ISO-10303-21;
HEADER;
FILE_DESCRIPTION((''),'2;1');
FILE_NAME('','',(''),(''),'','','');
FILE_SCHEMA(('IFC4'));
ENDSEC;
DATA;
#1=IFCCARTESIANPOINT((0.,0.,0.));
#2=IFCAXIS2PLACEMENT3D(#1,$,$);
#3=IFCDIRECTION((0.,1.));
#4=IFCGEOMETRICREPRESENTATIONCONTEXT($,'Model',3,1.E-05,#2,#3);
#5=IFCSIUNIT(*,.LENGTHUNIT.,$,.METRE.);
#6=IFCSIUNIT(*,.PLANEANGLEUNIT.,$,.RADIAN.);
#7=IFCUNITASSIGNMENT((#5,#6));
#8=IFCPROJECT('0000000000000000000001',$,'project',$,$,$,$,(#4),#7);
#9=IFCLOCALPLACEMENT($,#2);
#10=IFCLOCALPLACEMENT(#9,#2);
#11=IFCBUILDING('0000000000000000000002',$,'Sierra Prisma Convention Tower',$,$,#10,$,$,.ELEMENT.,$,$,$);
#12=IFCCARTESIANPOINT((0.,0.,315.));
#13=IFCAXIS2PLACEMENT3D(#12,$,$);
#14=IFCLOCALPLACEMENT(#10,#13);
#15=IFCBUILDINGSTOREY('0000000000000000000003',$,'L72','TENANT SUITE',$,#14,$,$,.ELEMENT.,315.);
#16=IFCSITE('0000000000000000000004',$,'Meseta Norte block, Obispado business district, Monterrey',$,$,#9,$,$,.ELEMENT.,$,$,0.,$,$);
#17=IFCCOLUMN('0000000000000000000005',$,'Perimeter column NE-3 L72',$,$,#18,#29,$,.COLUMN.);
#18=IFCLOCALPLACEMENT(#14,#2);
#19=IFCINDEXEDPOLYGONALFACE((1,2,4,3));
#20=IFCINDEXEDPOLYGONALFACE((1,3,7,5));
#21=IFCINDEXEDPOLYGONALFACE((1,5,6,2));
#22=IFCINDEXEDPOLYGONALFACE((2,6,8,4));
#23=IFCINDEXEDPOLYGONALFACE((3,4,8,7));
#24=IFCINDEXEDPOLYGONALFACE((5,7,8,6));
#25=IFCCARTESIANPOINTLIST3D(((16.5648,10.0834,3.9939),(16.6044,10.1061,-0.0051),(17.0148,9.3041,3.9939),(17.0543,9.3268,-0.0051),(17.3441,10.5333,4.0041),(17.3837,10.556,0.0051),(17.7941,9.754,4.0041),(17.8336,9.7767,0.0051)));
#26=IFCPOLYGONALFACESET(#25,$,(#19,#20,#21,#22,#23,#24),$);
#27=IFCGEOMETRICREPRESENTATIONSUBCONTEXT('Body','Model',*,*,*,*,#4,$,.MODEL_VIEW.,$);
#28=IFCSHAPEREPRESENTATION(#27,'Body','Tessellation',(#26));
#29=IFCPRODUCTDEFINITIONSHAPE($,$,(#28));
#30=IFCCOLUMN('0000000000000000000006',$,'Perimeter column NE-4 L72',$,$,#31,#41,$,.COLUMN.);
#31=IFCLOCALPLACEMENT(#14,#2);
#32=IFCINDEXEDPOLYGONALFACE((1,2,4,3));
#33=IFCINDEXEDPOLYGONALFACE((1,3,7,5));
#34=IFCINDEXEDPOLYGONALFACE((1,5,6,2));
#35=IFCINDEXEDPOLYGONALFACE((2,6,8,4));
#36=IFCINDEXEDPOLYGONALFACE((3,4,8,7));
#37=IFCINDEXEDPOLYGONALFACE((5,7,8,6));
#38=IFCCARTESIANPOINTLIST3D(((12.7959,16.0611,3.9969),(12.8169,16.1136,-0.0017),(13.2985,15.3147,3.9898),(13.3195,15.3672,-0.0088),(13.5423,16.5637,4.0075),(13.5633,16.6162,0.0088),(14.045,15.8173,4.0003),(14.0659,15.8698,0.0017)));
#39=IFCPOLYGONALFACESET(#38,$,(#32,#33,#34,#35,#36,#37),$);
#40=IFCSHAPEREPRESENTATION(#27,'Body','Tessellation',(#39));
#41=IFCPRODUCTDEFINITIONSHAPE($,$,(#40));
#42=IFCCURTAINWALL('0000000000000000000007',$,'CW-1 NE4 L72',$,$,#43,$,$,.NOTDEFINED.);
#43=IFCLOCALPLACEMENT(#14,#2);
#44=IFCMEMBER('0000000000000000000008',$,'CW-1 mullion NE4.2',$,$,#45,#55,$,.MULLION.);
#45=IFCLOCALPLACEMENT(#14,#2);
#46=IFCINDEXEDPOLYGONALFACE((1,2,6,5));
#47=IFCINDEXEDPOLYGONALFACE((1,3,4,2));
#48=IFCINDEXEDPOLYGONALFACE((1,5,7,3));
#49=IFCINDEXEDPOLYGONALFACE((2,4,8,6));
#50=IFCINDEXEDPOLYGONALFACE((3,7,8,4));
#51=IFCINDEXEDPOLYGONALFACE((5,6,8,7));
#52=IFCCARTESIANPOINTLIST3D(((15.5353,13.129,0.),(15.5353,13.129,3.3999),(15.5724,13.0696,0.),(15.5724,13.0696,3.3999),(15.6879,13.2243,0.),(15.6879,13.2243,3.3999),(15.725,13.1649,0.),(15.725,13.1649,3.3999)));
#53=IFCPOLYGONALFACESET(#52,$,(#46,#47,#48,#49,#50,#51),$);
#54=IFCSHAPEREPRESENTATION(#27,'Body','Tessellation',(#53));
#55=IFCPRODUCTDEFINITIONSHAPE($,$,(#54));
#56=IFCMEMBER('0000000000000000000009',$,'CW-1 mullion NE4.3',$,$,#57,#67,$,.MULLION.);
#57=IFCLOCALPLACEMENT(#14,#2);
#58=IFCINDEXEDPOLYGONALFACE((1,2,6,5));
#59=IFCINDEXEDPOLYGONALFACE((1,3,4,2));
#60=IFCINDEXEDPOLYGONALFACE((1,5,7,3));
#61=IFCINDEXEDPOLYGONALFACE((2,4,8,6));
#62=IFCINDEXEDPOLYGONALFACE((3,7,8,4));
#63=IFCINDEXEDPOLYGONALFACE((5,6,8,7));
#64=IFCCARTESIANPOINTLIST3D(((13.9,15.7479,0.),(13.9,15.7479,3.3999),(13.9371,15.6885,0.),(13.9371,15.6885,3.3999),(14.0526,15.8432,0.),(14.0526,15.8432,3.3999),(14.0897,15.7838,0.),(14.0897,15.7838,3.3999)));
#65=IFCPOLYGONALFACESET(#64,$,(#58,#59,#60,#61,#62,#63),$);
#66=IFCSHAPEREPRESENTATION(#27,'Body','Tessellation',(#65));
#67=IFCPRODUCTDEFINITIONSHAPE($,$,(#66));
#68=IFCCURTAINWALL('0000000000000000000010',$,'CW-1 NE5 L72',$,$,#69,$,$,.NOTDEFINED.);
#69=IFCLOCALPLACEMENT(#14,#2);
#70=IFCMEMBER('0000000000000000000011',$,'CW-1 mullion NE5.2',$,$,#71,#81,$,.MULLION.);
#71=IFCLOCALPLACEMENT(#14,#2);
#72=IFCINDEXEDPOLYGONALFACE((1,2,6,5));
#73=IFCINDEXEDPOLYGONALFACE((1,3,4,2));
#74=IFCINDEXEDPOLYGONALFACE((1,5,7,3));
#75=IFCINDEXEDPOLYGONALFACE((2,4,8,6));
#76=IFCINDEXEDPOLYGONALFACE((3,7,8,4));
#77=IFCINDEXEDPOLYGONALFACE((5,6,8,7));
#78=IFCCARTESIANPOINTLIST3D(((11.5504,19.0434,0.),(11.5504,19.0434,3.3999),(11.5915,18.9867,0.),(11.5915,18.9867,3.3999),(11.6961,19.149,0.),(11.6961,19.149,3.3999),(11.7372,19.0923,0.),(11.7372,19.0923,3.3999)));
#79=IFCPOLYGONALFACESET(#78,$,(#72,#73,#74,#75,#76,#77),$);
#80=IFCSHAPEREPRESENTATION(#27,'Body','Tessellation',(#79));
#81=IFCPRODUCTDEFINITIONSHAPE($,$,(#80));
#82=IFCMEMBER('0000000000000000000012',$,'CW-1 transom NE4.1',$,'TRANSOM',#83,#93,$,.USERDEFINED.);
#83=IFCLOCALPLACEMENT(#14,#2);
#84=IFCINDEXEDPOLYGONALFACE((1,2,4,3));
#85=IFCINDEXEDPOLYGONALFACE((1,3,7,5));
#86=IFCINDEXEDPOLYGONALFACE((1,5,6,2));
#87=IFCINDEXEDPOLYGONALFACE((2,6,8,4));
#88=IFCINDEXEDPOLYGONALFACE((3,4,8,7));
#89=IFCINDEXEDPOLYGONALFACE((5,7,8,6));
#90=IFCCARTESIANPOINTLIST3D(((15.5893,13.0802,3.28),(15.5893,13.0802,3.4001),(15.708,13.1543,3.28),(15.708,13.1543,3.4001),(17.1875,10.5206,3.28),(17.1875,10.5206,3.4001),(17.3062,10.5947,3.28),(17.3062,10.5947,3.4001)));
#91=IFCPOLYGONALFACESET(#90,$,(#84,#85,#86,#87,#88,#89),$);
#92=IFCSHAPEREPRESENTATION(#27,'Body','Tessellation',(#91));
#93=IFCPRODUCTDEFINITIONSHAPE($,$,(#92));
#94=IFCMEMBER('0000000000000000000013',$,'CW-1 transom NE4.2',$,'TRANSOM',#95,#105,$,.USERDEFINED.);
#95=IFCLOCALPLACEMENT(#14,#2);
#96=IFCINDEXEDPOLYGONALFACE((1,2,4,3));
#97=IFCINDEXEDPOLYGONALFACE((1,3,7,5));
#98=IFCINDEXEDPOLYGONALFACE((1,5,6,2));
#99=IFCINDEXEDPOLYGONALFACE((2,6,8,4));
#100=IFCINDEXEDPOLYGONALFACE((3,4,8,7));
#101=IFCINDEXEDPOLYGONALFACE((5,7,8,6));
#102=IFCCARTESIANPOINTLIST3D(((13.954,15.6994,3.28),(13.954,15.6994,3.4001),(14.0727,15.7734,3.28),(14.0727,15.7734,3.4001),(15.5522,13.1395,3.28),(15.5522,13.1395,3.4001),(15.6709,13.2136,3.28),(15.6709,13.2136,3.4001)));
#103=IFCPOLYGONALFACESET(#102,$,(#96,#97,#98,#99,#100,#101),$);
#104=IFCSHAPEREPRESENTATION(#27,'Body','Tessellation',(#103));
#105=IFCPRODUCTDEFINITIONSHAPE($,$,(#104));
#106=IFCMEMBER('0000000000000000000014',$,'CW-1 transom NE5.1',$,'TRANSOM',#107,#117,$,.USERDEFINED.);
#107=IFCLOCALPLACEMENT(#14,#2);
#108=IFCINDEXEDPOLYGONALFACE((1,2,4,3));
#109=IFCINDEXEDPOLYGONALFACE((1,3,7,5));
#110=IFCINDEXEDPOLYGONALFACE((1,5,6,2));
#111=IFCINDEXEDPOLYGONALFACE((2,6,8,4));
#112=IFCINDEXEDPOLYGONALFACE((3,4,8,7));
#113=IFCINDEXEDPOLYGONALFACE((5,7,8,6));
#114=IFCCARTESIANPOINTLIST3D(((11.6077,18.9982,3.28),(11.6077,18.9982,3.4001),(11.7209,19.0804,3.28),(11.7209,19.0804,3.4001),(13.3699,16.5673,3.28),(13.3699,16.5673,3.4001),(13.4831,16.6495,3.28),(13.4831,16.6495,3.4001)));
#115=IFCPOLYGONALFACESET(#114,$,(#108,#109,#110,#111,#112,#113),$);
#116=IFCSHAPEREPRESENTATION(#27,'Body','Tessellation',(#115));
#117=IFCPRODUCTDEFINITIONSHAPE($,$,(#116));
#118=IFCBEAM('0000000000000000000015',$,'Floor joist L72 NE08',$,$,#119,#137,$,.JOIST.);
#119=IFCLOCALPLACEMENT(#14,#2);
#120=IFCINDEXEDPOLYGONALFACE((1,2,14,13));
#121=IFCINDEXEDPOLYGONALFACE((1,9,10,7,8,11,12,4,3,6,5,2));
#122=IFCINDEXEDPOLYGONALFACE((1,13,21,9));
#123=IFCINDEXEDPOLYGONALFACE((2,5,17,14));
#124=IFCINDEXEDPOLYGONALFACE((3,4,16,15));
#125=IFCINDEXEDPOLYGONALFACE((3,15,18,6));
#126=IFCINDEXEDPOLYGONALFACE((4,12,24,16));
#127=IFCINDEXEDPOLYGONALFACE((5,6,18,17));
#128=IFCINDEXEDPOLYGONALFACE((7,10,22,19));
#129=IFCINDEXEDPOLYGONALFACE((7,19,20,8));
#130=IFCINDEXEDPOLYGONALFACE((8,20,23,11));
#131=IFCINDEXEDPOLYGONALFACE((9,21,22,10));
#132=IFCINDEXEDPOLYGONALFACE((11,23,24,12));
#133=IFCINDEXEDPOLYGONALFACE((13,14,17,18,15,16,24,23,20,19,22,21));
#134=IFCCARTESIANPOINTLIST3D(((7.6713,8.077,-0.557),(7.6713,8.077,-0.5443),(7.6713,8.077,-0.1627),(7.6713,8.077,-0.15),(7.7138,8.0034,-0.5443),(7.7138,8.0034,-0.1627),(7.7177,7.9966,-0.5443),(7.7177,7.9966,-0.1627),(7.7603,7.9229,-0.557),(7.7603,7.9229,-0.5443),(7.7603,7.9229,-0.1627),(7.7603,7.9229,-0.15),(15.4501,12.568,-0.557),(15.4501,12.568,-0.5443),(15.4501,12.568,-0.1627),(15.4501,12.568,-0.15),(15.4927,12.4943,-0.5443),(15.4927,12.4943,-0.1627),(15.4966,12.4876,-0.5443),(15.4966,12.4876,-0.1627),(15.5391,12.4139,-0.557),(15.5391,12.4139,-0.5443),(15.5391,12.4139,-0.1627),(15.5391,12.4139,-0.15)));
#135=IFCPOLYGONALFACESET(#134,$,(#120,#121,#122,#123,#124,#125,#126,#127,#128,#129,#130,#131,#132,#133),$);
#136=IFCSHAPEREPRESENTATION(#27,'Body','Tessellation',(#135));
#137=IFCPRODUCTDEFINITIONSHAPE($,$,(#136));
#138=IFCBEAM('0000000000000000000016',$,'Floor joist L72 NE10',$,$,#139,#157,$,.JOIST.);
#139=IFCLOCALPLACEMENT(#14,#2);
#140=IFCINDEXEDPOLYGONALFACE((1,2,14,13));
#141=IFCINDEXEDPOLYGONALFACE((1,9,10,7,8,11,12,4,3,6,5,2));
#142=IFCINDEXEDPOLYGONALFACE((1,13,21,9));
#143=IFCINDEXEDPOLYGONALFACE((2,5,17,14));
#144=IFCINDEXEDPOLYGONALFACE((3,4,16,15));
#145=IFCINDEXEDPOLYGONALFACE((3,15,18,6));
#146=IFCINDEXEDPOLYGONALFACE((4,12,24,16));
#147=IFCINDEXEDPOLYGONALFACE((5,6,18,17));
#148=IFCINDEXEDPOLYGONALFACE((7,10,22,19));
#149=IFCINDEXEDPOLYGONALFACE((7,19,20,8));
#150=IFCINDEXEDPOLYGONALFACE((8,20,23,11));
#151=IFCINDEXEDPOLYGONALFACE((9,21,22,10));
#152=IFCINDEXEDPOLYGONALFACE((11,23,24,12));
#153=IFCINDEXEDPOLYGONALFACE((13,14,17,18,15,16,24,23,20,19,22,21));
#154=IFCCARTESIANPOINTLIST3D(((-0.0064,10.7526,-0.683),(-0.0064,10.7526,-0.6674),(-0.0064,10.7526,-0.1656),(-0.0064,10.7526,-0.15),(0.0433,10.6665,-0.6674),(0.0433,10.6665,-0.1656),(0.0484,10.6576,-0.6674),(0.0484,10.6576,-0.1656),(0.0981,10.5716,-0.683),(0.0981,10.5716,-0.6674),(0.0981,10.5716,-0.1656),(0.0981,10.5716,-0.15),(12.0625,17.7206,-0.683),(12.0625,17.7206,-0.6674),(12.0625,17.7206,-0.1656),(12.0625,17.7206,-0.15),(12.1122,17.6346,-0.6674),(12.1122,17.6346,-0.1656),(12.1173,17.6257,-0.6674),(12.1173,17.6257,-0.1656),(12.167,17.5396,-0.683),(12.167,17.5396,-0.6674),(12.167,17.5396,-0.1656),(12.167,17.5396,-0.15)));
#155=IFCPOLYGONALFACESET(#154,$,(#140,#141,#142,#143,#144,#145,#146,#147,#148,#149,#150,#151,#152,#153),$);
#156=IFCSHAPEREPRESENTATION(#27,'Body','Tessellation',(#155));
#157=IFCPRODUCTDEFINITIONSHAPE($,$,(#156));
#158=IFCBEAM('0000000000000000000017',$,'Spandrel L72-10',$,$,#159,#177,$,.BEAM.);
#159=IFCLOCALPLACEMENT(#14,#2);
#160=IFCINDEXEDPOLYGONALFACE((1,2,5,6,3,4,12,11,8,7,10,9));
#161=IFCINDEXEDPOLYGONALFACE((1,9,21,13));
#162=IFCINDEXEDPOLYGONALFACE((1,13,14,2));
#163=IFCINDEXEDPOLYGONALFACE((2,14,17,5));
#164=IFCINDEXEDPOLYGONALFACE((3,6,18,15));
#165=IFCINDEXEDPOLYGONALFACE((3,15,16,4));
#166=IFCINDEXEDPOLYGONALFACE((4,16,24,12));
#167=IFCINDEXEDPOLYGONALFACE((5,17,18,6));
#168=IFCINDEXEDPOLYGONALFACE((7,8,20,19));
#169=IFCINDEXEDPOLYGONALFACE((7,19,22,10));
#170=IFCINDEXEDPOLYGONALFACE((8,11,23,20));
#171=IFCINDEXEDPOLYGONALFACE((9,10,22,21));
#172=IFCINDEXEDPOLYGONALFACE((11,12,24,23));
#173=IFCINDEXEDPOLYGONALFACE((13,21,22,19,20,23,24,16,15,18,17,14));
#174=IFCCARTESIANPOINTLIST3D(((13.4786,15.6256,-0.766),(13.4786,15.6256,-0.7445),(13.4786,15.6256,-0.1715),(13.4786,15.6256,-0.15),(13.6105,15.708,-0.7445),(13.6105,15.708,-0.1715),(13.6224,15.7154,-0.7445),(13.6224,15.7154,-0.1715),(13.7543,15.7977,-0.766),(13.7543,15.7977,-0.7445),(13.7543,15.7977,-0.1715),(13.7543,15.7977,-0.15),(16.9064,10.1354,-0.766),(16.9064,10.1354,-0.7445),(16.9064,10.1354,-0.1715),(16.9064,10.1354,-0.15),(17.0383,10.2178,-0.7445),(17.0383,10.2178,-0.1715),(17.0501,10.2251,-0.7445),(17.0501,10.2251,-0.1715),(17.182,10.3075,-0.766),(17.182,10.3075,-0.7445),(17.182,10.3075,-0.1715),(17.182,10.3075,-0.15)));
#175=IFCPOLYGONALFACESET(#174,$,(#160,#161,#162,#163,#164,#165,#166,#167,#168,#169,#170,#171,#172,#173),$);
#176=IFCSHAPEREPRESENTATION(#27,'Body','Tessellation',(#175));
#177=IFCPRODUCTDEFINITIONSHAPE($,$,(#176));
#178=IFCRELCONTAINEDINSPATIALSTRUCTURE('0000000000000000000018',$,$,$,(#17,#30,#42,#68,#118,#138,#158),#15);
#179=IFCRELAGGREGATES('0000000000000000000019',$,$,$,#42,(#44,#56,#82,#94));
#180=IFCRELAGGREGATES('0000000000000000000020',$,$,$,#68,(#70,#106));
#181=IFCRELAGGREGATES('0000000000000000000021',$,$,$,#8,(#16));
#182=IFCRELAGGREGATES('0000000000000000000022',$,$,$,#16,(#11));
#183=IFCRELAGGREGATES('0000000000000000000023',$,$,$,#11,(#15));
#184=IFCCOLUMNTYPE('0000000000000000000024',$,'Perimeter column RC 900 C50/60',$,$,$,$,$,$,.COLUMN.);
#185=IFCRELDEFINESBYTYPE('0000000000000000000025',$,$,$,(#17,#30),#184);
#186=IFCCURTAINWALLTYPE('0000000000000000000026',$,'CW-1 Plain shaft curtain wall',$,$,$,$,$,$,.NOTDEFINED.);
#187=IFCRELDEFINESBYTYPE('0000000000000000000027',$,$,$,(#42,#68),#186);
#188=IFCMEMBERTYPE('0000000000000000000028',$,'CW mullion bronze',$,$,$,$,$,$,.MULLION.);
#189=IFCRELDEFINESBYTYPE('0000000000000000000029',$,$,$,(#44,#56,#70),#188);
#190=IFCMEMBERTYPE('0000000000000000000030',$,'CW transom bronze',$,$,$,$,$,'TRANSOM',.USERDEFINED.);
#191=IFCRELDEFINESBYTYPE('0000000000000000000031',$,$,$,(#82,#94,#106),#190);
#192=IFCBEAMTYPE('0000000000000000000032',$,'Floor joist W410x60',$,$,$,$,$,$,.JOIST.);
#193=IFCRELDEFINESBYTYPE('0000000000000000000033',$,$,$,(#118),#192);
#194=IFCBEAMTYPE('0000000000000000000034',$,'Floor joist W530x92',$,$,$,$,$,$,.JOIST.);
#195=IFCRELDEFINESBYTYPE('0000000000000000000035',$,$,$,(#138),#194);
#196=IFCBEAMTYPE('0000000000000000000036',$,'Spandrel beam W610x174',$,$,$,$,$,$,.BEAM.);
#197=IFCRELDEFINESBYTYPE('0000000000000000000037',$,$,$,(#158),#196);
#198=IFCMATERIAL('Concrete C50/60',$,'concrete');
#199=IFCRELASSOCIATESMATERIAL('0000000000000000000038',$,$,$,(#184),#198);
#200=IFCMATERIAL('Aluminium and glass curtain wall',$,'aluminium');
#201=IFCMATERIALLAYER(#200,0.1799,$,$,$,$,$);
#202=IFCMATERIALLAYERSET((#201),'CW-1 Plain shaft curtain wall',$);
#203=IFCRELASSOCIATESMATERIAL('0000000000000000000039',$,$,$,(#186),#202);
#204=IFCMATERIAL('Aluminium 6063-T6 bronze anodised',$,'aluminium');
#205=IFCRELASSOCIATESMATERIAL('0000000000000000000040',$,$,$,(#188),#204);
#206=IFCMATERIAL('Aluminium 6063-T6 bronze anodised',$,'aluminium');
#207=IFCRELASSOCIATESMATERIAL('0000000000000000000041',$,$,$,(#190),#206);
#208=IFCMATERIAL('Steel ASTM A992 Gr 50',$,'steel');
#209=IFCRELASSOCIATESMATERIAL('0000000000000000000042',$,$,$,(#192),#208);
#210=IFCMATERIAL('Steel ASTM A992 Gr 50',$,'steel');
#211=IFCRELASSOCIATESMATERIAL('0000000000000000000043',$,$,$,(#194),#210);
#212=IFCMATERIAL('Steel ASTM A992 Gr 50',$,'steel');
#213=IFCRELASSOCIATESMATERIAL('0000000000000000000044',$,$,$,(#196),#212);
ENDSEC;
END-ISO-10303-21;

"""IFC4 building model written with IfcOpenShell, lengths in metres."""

from ifc_helpers import new_model, si_unit, direction, frame, origin, origin_2d, place, context, subcontext, project, spatial, rectangle, i_section, extrude, clip, halfspace, material, layer, layer_set, material_profile, profile_set, type_object, element, aggregate, save


model = new_model("IFC4")

# Units and contexts
model_context = context("Model", 3, precision=1e-05, world=origin(), true_north=direction((0.0, 1.0)))
body_context = subcontext(model_context, "Body", "Model", "MODEL_VIEW")
ifc_project = project(units=[si_unit("LENGTHUNIT", "METRE"), si_unit("PLANEANGLEUNIT", "RADIAN")], contexts=[model_context])

# Site, building, storey
site_placement = place(None, origin())
site = spatial("IfcSite", under=ifc_project, at=site_placement, Name="Meseta Norte block, Obispado business district, Monterrey", CompositionType="ELEMENT", RefElevation=0.0)
building_placement = place(site_placement, origin())
building = spatial("IfcBuilding", under=site, at=building_placement, Name="Sierra Prisma Convention Tower", CompositionType="ELEMENT")
storey_placement = place(building_placement, frame((0.0, 0.0, 315.0)))
storey = spatial("IfcBuildingStorey", under=building, at=storey_placement, Name="L72", Description="TENANT SUITE", CompositionType="ELEMENT", Elevation=315.0)

# Columns
ifc_material_1 = material(Name="Concrete C50/60", Category="concrete")
ifc_material_profile_1 = material_profile(ifc_material_1, rectangle(XDim=0.8999, YDim=0.8999, at=origin_2d()), Name="Perimeter column RC 900 C50/60")
ifc_profile_set_1 = profile_set([ifc_material_profile_1], Name="Concrete C50/60")
column_type = type_object("IfcColumnType", Name="Perimeter column RC 900 C50/60", PredefinedType="COLUMN", material=ifc_profile_set_1)
column_1_placement = place(storey_placement, frame((17.219, 9.9414, 0.0), z_axis=(-0.009887, -0.005676, 0.999935), x_axis=(-0.499976, 0.86604, -0.000028)))
element("IfcColumn", 1, at=column_1_placement, inside=storey, type_object=column_type, Name="Perimeter column NE-3 L72", PredefinedType="COLUMN", context=body_context, shape_type="SweptSolid", body=[
    clip(extrude(rectangle(XDim=0.8999, YDim=0.8999, at=origin_2d()), origin(), (0.0, 0.0, 1.0), 4.0002), halfspace(frame((0.0, 0.0, 3.9993)), False)),
])
column_2_placement = place(storey_placement, frame((13.4414, 15.9917, 0.0), z_axis=(-0.005248, -0.013121, 0.9999), x_axis=(-0.558573, 0.829417, 0.007952)))
element("IfcColumn", 2, at=column_2_placement, inside=storey, type_object=column_type, Name="Perimeter column NE-4 L72", PredefinedType="COLUMN", context=body_context, shape_type="SweptSolid", body=[
    clip(extrude(rectangle(XDim=0.8999, YDim=0.8999, at=origin_2d()), origin(), (0.0, 0.0, 1.0), 4.0005), halfspace(frame((0.0, 0.0, 3.999)), False)),
])

# Curtain wall, members
ifc_material_2 = material(Name="Aluminium and glass curtain wall", Category="aluminium")
ifc_layer_1 = layer(ifc_material_2, 0.1799)
ifc_layer_set_1 = layer_set([ifc_layer_1], Name="CW-1 Plain shaft curtain wall")
curtain_wall_type = type_object("IfcCurtainWallType", Name="CW-1 Plain shaft curtain wall", PredefinedType="NOTDEFINED", material=ifc_layer_set_1)
curtain_wall_1_placement = place(storey_placement, origin())
curtain_wall_1 = element("IfcCurtainWall", 3, at=curtain_wall_1_placement, inside=storey, type_object=curtain_wall_type, Name="CW-1 NE4 L72", PredefinedType="NOTDEFINED")
ifc_material_3 = material(Name="Aluminium 6063-T6 bronze anodised", Category="aluminium")
ifc_material_profile_2 = material_profile(ifc_material_3, rectangle(XDim=0.1799, YDim=0.0701, at=origin_2d()), Name="ALU MULLION 70x180")
ifc_profile_set_2 = profile_set([ifc_material_profile_2], Name="Aluminium 6063-T6 bronze anodised")
member_type_1 = type_object("IfcMemberType", Name="CW mullion bronze", PredefinedType="MULLION", material=ifc_profile_set_2)
member_1_placement = place(storey_placement, frame((15.6301, 13.147, 0.0), z_axis=(0.0, 0.0, 1.0), x_axis=(-0.848243, -0.529606, 0.0)))
member_1 = element("IfcMember", 4, at=member_1_placement, type_object=member_type_1, Name="CW-1 mullion NE4.2", PredefinedType="MULLION", context=body_context, shape_type="SweptSolid", body=[
    extrude(rectangle(XDim=0.1799, YDim=0.0701, at=origin_2d()), origin(), (0.0, 0.0, 1.0), 3.3999),
])
member_2_placement = place(storey_placement, frame((13.9949, 15.7659, 0.0), z_axis=(0.0, 0.0, 1.0), x_axis=(-0.848243, -0.529606, 0.0)))
member_2 = element("IfcMember", 5, at=member_2_placement, type_object=member_type_1, Name="CW-1 mullion NE4.3", PredefinedType="MULLION", context=body_context, shape_type="SweptSolid", body=[
    extrude(rectangle(XDim=0.1799, YDim=0.0701, at=origin_2d()), origin(), (0.0, 0.0, 1.0), 3.3999),
])

# Curtain wall, member
curtain_wall_2_placement = place(storey_placement, origin())
curtain_wall_2 = element("IfcCurtainWall", 6, at=curtain_wall_2_placement, inside=storey, type_object=curtain_wall_type, Name="CW-1 NE5 L72", PredefinedType="NOTDEFINED")
member_3_placement = place(storey_placement, frame((11.6438, 19.0679, 0.0), z_axis=(0.0, 0.0, 1.0), x_axis=(-0.809667, -0.58689, 0.0)))
member_3 = element("IfcMember", 7, at=member_3_placement, type_object=member_type_1, Name="CW-1 mullion NE5.2", PredefinedType="MULLION", context=body_context, shape_type="SweptSolid", body=[
    extrude(rectangle(XDim=0.1799, YDim=0.0701, at=origin_2d()), origin(), (0.0, 0.0, 1.0), 3.3999),
])

# Members
ifc_material_4 = material(Name="Aluminium 6063-T6 bronze anodised", Category="aluminium")
ifc_material_profile_3 = material_profile(ifc_material_4, rectangle(XDim=0.1399, YDim=0.1201, at=origin_2d()), Name="ALU TRANSOM 120x140")
ifc_profile_set_3 = profile_set([ifc_material_profile_3], Name="Aluminium 6063-T6 bronze anodised")
member_type_2 = type_object("IfcMemberType", Name="CW transom bronze", ElementType="TRANSOM", PredefinedType="USERDEFINED", material=ifc_profile_set_3)
member_4_placement = place(storey_placement, frame((17.2468, 10.5576, 3.3401), z_axis=(-0.529621, 0.848235, 0.0), x_axis=(-0.848235, -0.529621, 0.0)))
member_4 = element("IfcMember", 8, at=member_4_placement, type_object=member_type_2, Name="CW-1 transom NE4.1", ObjectType="TRANSOM", PredefinedType="USERDEFINED", context=body_context, shape_type="SweptSolid", body=[
    extrude(rectangle(XDim=0.1399, YDim=0.1201, at=origin_2d()), origin(), (0.0, 0.0, 1.0), 3.0176),
])
member_5_placement = place(storey_placement, frame((15.6116, 13.1765, 3.3401), z_axis=(-0.529584, 0.848257, 0.0), x_axis=(-0.848257, -0.529584, 0.0)))
member_5 = element("IfcMember", 9, at=member_5_placement, type_object=member_type_2, Name="CW-1 transom NE4.2", ObjectType="TRANSOM", PredefinedType="USERDEFINED", context=body_context, shape_type="SweptSolid", body=[
    extrude(rectangle(XDim=0.1399, YDim=0.1201, at=origin_2d()), origin(), (0.0, 0.0, 1.0), 3.0178),
])
member_6_placement = place(storey_placement, frame((13.4265, 16.6084, 3.3401), z_axis=(-0.586924, 0.809642, 0.0), x_axis=(-0.809642, -0.586924, 0.0)))
member_6 = element("IfcMember", 10, at=member_6_placement, type_object=member_type_2, Name="CW-1 transom NE5.1", ObjectType="TRANSOM", PredefinedType="USERDEFINED", context=body_context, shape_type="SweptSolid", body=[
    extrude(rectangle(XDim=0.1399, YDim=0.1201, at=origin_2d()), origin(), (0.0, 0.0, 1.0), 3.0024),
])

# Beams
ifc_material_5 = material(Name="Steel ASTM A992 Gr 50", Category="steel")
ifc_material_profile_4 = material_profile(ifc_material_5, i_section(OverallWidth=0.178, OverallDepth=0.407, WebThickness=0.0078, FlangeThickness=0.0127, at=origin_2d()), Name="W410x60")
ifc_profile_set_4 = profile_set([ifc_material_profile_4], Name="Steel ASTM A992 Gr 50")
beam_type_1 = type_object("IfcBeamType", Name="Floor joist W410x60", PredefinedType="JOIST", material=ifc_profile_set_4)
beam_1_placement = place(storey_placement, frame((15.4946, 12.491, -0.3535), z_axis=(-0.866032, -0.499989, 0.0), x_axis=(0.499989, -0.866032, 0.0)))
element("IfcBeam", 11, at=beam_1_placement, inside=storey, type_object=beam_type_1, Name="Floor joist L72 NE08", PredefinedType="JOIST", context=body_context, shape_type="SweptSolid", body=[
    extrude(i_section(OverallWidth=0.178, OverallDepth=0.407, WebThickness=0.0078, FlangeThickness=0.0127, at=origin_2d()), origin(), (0.0, 0.0, 1.0), 8.9822),
])
ifc_material_6 = material(Name="Steel ASTM A992 Gr 50", Category="steel")
ifc_material_profile_5 = material_profile(ifc_material_6, i_section(OverallWidth=0.209, OverallDepth=0.533, WebThickness=0.0103, FlangeThickness=0.0156, at=origin_2d()), Name="W530x92")
ifc_profile_set_5 = profile_set([ifc_material_profile_5], Name="Steel ASTM A992 Gr 50")
beam_type_2 = type_object("IfcBeamType", Name="Floor joist W530x92", PredefinedType="JOIST", material=ifc_profile_set_5)
beam_2_placement = place(storey_placement, frame((12.1147, 17.6301, -0.4165), z_axis=(-0.866023, -0.500004, 0.0), x_axis=(0.500004, -0.866023, 0.0)))
element("IfcBeam", 12, at=beam_2_placement, inside=storey, type_object=beam_type_2, Name="Floor joist L72 NE10", PredefinedType="JOIST", context=body_context, shape_type="SweptSolid", body=[
    extrude(i_section(OverallWidth=0.209, OverallDepth=0.533, WebThickness=0.0103, FlangeThickness=0.0156, at=origin_2d()), origin(), (0.0, 0.0, 1.0), 13.936),
])
ifc_material_7 = material(Name="Steel ASTM A992 Gr 50", Category="steel")
ifc_material_profile_6 = material_profile(ifc_material_7, i_section(OverallWidth=0.325, OverallDepth=0.616, WebThickness=0.0139, FlangeThickness=0.0215, at=origin_2d()), Name="W610x174")
ifc_profile_set_6 = profile_set([ifc_material_profile_6], Name="Steel ASTM A992 Gr 50")
beam_type_3 = type_object("IfcBeamType", Name="Spandrel beam W610x174", PredefinedType="BEAM", material=ifc_profile_set_6)
beam_3_placement = place(storey_placement, frame((17.0442, 10.2214, -0.458), z_axis=(-0.529592, 0.848253, 0.0), x_axis=(-0.848253, -0.529592, 0.0)))
element("IfcBeam", 13, at=beam_3_placement, inside=storey, type_object=beam_type_3, Name="Spandrel L72-10", PredefinedType="BEAM", context=body_context, shape_type="SweptSolid", body=[
    extrude(i_section(OverallWidth=0.325, OverallDepth=0.616, WebThickness=0.0139, FlangeThickness=0.0215, at=origin_2d()), origin(), (0.0, 0.0, 1.0), 6.4724),
])

aggregate(curtain_wall_1, [member_1, member_2, member_4, member_5])
aggregate(curtain_wall_2, [member_3, member_6])

save(model, "model.ifc")
